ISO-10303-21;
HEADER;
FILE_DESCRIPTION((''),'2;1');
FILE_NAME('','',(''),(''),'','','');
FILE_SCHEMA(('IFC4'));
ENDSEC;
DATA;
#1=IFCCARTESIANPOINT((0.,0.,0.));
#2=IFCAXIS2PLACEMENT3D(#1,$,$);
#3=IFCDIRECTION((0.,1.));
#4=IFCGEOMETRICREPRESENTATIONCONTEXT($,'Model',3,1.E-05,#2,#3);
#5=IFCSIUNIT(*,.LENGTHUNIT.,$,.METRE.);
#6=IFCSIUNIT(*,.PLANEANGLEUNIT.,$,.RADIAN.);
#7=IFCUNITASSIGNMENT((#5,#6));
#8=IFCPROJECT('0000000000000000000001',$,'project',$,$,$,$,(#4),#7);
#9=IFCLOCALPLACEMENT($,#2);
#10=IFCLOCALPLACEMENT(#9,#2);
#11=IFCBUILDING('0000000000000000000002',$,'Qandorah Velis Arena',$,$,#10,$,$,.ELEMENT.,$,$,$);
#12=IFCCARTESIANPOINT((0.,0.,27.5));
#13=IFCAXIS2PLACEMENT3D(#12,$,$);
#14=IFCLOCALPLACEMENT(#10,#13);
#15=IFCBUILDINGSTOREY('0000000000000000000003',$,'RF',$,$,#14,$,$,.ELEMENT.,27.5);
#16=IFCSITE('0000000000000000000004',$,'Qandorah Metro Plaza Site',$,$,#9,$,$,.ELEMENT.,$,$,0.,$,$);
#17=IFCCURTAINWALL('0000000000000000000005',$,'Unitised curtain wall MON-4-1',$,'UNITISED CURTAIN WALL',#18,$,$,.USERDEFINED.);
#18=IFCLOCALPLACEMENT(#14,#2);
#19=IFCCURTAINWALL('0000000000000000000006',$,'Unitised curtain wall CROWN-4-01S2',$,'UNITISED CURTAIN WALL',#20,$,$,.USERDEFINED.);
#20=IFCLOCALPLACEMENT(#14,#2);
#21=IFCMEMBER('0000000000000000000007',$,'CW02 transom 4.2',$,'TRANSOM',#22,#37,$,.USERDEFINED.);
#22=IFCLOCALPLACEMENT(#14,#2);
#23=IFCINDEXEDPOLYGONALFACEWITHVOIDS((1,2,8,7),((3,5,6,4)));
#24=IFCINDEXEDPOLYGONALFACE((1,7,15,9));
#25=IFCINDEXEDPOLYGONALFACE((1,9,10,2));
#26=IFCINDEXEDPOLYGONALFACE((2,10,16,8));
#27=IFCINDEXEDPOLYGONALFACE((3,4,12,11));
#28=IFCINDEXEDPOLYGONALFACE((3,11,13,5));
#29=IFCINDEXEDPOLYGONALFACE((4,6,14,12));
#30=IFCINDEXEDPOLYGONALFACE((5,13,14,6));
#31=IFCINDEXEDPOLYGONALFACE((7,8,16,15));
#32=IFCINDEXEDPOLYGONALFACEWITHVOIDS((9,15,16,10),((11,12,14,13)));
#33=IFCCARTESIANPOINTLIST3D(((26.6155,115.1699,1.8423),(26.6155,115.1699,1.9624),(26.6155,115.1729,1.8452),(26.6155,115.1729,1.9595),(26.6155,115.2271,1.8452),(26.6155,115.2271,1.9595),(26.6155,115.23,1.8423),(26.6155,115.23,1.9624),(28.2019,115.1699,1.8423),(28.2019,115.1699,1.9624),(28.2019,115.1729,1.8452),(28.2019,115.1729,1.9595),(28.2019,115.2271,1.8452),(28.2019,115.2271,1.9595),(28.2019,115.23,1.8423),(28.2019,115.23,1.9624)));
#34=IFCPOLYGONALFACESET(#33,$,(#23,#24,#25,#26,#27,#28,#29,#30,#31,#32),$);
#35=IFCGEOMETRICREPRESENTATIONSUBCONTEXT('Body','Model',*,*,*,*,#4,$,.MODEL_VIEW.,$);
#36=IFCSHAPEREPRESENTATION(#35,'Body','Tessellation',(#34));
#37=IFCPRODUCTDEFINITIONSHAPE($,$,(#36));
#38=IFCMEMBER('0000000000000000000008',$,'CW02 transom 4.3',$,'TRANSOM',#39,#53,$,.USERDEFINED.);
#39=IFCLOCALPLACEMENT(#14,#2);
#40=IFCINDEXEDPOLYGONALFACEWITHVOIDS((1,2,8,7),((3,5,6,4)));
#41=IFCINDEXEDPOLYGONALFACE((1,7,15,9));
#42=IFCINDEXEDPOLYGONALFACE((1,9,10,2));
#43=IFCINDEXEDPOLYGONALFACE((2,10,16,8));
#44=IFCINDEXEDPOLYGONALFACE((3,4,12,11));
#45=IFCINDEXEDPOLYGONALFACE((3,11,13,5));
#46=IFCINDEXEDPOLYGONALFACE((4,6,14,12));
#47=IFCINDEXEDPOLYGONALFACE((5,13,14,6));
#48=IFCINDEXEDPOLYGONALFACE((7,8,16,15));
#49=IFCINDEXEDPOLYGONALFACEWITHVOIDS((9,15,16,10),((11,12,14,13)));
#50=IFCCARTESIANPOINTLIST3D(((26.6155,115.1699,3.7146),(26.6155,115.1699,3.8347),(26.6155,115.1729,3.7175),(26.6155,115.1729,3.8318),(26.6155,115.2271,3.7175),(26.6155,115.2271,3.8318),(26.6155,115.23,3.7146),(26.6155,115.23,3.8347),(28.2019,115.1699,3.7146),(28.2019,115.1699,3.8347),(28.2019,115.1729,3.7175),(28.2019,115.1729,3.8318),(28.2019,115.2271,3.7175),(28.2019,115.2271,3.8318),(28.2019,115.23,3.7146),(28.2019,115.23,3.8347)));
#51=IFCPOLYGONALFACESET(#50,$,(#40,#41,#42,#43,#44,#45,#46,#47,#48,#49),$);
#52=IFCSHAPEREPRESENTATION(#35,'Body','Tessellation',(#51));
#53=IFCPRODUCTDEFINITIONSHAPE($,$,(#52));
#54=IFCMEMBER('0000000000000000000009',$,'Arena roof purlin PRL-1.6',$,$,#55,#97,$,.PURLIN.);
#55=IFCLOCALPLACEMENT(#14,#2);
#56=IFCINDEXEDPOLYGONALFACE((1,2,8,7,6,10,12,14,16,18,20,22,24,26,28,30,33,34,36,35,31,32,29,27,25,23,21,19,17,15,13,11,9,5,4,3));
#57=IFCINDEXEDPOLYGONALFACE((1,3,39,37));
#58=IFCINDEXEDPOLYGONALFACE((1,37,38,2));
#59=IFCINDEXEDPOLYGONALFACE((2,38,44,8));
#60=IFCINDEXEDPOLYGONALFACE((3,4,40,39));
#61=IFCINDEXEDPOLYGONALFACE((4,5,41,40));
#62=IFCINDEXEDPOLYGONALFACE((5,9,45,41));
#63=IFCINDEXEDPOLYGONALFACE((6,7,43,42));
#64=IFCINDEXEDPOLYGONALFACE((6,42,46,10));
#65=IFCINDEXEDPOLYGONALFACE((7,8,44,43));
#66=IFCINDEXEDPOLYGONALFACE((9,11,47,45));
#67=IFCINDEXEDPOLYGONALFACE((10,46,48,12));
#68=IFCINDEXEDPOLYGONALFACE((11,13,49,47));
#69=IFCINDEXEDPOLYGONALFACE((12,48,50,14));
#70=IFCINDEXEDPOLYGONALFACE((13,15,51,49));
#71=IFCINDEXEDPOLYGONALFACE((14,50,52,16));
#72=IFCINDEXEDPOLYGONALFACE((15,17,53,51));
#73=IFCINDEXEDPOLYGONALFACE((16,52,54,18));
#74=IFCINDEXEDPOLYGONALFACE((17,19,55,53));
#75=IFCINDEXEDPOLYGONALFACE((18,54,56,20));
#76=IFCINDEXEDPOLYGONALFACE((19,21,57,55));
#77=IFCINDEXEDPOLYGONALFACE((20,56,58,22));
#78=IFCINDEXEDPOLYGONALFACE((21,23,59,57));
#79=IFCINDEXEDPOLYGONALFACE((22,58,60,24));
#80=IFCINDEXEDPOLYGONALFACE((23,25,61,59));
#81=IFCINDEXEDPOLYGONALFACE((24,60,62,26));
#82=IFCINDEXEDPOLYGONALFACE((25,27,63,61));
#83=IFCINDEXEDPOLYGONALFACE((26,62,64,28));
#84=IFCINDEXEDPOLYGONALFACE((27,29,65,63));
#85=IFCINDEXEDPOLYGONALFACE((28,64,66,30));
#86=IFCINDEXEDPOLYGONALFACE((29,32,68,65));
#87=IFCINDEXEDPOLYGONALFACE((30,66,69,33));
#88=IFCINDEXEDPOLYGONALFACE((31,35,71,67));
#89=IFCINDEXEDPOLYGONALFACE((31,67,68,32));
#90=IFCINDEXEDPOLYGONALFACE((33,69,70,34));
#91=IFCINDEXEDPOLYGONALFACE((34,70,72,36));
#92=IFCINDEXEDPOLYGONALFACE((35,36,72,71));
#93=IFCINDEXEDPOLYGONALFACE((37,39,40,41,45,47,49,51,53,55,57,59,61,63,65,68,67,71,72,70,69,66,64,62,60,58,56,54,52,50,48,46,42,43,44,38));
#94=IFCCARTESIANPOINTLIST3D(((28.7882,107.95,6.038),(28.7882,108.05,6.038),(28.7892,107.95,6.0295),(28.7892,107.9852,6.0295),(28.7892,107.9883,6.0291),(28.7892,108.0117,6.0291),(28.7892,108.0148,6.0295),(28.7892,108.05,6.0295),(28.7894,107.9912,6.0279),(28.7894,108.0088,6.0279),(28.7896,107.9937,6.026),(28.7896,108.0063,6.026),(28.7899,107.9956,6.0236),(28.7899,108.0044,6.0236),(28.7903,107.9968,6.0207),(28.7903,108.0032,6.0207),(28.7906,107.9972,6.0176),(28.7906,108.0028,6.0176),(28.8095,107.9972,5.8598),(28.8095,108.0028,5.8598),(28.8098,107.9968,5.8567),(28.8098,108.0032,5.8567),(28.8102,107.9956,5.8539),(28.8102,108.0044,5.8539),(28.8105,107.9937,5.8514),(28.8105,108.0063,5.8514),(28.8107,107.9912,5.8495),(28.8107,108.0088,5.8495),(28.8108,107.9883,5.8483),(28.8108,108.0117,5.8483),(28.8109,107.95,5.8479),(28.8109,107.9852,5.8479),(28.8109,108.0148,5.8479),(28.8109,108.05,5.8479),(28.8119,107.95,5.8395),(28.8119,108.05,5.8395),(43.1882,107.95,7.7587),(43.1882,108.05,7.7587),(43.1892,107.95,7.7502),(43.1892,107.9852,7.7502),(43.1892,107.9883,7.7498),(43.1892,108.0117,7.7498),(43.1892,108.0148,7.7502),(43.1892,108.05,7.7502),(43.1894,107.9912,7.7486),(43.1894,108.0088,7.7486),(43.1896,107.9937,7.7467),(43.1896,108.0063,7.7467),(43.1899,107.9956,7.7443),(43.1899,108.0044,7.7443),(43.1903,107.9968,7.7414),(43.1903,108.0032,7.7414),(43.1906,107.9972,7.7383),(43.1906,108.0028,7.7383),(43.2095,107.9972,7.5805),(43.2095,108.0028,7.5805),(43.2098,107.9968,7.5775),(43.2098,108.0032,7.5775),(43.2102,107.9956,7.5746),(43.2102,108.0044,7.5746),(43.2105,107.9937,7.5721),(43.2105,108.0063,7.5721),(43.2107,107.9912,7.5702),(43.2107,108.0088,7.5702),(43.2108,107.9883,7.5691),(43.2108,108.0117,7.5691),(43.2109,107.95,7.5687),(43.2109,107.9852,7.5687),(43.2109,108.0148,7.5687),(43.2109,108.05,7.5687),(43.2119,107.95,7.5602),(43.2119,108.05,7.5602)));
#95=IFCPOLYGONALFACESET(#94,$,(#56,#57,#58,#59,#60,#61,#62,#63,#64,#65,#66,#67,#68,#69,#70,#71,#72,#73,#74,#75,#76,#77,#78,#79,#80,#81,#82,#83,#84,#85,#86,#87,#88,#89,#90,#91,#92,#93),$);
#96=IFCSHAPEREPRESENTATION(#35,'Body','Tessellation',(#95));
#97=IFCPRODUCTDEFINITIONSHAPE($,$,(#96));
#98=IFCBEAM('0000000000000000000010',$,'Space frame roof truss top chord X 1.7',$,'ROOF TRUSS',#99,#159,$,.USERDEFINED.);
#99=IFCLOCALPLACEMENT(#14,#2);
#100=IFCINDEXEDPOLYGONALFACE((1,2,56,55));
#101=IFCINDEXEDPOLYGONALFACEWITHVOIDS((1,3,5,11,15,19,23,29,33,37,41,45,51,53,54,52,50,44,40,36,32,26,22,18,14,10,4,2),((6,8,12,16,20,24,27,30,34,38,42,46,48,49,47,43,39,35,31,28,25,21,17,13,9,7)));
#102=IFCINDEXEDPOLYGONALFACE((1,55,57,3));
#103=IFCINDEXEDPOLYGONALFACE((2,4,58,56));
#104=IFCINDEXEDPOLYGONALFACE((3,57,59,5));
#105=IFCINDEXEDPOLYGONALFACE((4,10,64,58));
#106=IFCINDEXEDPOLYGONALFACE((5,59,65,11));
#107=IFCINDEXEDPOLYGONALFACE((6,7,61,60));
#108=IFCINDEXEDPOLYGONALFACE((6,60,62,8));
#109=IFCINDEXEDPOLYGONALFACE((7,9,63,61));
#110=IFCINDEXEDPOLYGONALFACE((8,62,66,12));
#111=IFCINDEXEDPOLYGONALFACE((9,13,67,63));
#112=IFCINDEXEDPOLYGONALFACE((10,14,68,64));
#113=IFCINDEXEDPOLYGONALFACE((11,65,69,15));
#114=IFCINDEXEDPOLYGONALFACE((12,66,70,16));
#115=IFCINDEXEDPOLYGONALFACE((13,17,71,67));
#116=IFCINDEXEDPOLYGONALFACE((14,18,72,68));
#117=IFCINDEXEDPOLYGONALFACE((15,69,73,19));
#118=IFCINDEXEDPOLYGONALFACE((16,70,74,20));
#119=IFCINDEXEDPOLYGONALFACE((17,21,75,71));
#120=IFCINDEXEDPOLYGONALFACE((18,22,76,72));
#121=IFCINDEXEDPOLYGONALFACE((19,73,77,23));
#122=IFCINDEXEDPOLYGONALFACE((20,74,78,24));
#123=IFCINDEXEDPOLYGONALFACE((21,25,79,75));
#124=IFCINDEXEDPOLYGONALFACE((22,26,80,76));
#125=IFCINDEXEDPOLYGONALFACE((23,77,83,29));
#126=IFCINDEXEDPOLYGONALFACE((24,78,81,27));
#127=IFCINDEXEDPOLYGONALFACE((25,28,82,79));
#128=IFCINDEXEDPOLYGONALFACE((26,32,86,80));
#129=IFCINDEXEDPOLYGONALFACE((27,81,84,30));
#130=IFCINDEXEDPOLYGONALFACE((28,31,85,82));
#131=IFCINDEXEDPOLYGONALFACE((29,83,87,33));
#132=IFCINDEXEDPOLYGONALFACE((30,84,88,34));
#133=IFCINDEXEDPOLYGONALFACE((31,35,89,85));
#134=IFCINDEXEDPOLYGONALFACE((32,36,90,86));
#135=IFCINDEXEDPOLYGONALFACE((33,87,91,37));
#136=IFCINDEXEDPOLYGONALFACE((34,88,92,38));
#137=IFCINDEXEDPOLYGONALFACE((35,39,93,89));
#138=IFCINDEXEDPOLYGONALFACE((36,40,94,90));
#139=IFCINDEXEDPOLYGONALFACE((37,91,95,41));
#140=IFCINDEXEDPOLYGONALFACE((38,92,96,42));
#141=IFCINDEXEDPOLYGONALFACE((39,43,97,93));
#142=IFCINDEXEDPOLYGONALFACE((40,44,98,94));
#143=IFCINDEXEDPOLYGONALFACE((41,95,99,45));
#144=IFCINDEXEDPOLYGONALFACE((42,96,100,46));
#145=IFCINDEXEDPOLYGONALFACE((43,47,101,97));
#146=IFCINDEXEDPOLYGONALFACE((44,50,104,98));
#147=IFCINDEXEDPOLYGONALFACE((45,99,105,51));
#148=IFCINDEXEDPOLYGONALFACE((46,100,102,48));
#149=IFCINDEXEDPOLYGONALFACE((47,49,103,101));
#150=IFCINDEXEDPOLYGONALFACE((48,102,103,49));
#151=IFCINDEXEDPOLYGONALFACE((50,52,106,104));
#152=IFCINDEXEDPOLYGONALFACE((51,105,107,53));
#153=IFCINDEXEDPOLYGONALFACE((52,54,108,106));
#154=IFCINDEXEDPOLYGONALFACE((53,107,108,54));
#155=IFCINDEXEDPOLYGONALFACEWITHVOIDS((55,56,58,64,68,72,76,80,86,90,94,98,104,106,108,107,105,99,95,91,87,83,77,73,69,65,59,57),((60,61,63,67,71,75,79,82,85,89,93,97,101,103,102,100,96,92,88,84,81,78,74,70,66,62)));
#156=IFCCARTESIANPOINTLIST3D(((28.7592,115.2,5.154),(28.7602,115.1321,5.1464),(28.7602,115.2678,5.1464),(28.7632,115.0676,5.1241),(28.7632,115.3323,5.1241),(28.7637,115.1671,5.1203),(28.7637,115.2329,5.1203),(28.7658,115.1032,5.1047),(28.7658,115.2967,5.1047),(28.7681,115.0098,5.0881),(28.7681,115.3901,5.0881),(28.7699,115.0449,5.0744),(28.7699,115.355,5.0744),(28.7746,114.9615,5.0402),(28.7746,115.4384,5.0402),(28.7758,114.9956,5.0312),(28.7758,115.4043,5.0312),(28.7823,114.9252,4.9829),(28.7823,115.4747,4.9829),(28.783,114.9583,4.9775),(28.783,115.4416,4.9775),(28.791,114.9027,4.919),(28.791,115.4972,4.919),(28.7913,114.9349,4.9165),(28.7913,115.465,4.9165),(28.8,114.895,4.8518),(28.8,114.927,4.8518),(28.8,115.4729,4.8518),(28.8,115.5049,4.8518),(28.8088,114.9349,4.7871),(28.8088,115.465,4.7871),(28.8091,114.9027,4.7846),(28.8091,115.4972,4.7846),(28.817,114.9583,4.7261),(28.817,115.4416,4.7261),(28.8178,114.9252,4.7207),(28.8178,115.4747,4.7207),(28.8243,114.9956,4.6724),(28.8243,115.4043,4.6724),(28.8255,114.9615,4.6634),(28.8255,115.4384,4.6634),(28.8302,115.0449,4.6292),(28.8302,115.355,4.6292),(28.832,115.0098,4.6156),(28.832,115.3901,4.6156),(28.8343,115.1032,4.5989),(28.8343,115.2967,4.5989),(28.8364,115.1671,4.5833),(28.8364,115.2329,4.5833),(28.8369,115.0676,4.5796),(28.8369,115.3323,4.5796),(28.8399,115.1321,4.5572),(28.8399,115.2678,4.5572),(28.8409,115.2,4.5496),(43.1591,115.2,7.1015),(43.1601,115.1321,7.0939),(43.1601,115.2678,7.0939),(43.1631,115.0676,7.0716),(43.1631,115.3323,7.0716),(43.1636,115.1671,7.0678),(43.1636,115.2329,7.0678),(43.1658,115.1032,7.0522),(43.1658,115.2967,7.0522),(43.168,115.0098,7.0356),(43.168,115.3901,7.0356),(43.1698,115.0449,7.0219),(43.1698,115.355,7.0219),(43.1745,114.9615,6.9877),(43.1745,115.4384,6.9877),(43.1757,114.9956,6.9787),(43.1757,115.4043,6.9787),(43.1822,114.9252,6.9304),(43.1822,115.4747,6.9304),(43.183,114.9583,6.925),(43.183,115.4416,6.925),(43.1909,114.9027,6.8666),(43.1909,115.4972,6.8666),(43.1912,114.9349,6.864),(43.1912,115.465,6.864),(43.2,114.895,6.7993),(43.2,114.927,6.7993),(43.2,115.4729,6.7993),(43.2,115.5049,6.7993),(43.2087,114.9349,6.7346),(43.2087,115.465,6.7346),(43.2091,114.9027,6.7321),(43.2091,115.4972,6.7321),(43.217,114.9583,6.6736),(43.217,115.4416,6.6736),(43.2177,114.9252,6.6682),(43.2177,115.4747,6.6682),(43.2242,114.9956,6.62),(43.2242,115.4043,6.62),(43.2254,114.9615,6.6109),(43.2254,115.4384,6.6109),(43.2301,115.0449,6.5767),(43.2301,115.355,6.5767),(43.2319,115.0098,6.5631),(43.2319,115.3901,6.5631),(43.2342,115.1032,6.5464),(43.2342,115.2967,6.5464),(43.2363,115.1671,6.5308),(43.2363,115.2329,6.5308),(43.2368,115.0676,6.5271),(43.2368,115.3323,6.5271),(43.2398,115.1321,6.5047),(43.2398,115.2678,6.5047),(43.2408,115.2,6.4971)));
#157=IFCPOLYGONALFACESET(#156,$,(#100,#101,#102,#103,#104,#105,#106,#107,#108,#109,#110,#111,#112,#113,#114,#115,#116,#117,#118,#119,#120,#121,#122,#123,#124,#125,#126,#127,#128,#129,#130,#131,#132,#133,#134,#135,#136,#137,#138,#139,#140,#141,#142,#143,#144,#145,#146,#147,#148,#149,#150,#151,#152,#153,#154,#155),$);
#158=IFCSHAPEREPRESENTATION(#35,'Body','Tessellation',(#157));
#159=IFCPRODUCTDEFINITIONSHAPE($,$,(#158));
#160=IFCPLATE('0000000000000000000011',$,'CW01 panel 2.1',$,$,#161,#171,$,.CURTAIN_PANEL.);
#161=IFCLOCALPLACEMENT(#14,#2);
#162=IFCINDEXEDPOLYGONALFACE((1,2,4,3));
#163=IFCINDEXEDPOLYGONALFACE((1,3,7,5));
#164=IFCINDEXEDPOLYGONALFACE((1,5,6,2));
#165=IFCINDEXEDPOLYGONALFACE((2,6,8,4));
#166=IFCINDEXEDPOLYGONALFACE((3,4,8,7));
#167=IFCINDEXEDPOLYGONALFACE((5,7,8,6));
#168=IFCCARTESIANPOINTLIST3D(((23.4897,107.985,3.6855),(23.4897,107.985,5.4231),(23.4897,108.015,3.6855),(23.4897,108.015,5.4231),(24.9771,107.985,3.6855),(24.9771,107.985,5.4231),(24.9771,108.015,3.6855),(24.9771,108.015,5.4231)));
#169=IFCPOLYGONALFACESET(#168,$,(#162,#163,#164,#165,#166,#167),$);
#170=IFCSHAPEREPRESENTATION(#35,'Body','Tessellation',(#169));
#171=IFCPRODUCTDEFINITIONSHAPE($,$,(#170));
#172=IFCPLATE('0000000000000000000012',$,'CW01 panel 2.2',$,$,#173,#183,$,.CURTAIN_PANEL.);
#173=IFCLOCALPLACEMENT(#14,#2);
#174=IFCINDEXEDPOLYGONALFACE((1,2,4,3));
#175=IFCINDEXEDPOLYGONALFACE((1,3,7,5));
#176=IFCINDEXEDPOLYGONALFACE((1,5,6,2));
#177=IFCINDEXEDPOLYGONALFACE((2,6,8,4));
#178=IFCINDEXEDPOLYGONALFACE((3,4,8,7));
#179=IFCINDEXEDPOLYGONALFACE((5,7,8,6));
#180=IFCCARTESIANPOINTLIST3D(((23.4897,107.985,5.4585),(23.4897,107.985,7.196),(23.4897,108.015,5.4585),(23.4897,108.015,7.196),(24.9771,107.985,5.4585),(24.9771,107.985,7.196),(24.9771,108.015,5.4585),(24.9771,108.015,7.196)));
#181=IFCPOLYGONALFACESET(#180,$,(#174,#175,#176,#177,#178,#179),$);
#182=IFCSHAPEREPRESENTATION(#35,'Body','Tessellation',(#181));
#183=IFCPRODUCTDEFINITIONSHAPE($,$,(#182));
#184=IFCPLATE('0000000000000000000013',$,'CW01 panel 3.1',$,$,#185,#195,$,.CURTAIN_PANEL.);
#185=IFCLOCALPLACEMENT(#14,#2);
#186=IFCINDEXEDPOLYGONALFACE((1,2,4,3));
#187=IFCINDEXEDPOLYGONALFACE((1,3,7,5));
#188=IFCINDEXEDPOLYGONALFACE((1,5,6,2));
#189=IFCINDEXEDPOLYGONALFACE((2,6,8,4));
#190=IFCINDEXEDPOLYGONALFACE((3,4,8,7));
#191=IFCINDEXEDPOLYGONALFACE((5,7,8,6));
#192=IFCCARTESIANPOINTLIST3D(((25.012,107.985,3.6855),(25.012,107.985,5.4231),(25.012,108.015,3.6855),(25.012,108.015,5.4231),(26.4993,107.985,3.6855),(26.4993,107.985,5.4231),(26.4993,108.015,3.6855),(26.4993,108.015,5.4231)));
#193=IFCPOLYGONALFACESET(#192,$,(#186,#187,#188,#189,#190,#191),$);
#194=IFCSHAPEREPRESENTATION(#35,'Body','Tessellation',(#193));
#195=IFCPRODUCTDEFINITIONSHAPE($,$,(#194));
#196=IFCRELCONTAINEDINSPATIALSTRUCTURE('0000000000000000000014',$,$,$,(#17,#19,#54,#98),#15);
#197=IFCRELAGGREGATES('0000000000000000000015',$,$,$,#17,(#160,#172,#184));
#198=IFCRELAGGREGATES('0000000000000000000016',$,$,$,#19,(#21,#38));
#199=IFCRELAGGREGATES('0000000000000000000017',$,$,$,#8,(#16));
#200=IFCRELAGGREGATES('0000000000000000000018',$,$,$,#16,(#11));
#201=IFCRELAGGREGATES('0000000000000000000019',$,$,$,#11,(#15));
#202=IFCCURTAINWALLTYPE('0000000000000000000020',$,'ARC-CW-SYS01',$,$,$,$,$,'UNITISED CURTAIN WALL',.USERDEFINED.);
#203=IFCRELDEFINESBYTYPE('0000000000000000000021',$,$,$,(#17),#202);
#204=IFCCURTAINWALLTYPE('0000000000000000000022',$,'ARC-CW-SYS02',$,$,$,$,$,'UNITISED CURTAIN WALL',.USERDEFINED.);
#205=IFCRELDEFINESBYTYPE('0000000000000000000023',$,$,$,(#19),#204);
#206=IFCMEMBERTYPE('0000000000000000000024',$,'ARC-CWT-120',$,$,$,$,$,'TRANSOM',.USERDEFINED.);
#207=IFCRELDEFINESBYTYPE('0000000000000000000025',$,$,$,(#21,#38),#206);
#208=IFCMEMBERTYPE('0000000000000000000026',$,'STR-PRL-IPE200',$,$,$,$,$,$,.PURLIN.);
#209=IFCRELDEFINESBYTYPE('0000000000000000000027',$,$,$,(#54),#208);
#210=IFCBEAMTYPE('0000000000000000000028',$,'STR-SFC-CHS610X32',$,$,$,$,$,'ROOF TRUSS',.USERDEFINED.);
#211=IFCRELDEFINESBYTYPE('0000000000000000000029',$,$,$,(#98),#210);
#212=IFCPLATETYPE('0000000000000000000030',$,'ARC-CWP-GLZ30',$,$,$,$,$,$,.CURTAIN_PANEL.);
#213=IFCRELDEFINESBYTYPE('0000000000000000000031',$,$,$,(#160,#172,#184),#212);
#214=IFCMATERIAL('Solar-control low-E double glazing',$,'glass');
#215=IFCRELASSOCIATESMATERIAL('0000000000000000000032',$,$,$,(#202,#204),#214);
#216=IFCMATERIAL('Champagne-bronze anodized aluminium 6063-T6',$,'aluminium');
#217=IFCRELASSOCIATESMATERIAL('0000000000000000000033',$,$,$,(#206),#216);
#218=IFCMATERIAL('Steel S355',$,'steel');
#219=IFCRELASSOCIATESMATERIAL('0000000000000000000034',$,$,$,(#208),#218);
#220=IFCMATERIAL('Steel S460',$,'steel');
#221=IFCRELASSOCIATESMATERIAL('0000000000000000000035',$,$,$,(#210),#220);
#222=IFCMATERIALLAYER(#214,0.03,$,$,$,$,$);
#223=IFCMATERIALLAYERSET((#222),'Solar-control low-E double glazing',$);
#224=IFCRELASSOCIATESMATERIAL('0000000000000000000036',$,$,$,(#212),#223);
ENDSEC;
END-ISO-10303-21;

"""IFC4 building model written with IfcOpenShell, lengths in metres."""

from ifc_helpers import new_model, si_unit, direction, frame, origin, origin_2d, place, context, subcontext, project, spatial, rectangle, hollow_rectangle, hollow_circle, i_section, extrude, material, layer, layer_set, material_profile, profile_set, type_object, element, aggregate, save


model = new_model("IFC4")

# Units and contexts
model_context = context("Model", 3, precision=1e-05, world=origin(), true_north=direction((0.0, 1.0)))
body_context = subcontext(model_context, "Body", "Model", "MODEL_VIEW")
ifc_project = project(units=[si_unit("LENGTHUNIT", "METRE"), si_unit("PLANEANGLEUNIT", "RADIAN")], contexts=[model_context])

# Site, building, storey
site_placement = place(None, origin())
site = spatial("IfcSite", under=ifc_project, at=site_placement, Name="Qandorah Metro Plaza Site", CompositionType="ELEMENT", RefElevation=0.0)
building_placement = place(site_placement, origin())
building = spatial("IfcBuilding", under=site, at=building_placement, Name="Qandorah Velis Arena", CompositionType="ELEMENT")
storey_placement = place(building_placement, frame((0.0, 0.0, 27.5)))
storey = spatial("IfcBuildingStorey", under=building, at=storey_placement, Name="RF", CompositionType="ELEMENT", Elevation=27.5)

# Curtain walls
ifc_material_1 = material(Name="Solar-control low-E double glazing", Category="glass")
curtain_wall_type_1 = type_object("IfcCurtainWallType", Name="ARC-CW-SYS01", ElementType="UNITISED CURTAIN WALL", PredefinedType="USERDEFINED", material=ifc_material_1)
curtain_wall_1_placement = place(storey_placement, origin())
curtain_wall_1 = element("IfcCurtainWall", 1, at=curtain_wall_1_placement, inside=storey, type_object=curtain_wall_type_1, Name="Unitised curtain wall MON-4-1", ObjectType="UNITISED CURTAIN WALL", PredefinedType="USERDEFINED")
ifc_material_2 = material(Name="Champagne-bronze anodized aluminium 6063-T6", Category="aluminium")
curtain_wall_type_2 = type_object("IfcCurtainWallType", Name="ARC-CW-SYS02", ElementType="UNITISED CURTAIN WALL", PredefinedType="USERDEFINED", material=ifc_material_1)
curtain_wall_2_placement = place(storey_placement, origin())
curtain_wall_2 = element("IfcCurtainWall", 2, at=curtain_wall_2_placement, inside=storey, type_object=curtain_wall_type_2, Name="Unitised curtain wall CROWN-4-01S2", ObjectType="UNITISED CURTAIN WALL", PredefinedType="USERDEFINED")

# Members
ifc_material_profile_1 = material_profile(ifc_material_2, hollow_rectangle(XDim=0.0601, YDim=0.1201, WallThickness=0.0029, at=origin_2d()), Name="ALU TRANSOM 60x120")
ifc_profile_set_1 = profile_set([ifc_material_profile_1], Name="Champagne-bronze anodized aluminium 6063-T6")
member_type_1 = type_object("IfcMemberType", Name="ARC-CWT-120", ElementType="TRANSOM", PredefinedType="USERDEFINED", material=ifc_profile_set_1)
member_1_placement = place(storey_placement, frame((26.6155, 115.2, 1.9023), z_axis=(1.0, 0.0, 0.0), x_axis=(0.0, 1.0, 0.0)))
member_1 = element("IfcMember", 3, at=member_1_placement, type_object=member_type_1, Name="CW02 transom 4.2", ObjectType="TRANSOM", PredefinedType="USERDEFINED", context=body_context, shape_type="SweptSolid", body=[
    extrude(hollow_rectangle(XDim=0.0601, YDim=0.1201, WallThickness=0.0029, at=origin_2d()), origin(), (0.0, 0.0, 1.0), 1.5864),
])
member_2_placement = place(storey_placement, frame((26.6155, 115.2, 3.7747), z_axis=(1.0, 0.0, 0.0), x_axis=(0.0, 1.0, 0.0)))
member_2 = element("IfcMember", 4, at=member_2_placement, type_object=member_type_1, Name="CW02 transom 4.3", ObjectType="TRANSOM", PredefinedType="USERDEFINED", context=body_context, shape_type="SweptSolid", body=[
    extrude(hollow_rectangle(XDim=0.0601, YDim=0.1201, WallThickness=0.0029, at=origin_2d()), origin(), (0.0, 0.0, 1.0), 1.5864),
])
ifc_material_3 = material(Name="Steel S355", Category="steel")
ifc_material_profile_2 = material_profile(ifc_material_3, i_section(OverallWidth=0.1001, OverallDepth=0.2, WebThickness=0.0056, FlangeThickness=0.0085, FilletRadius=0.012, at=origin_2d()), Name="IPE 200")
ifc_profile_set_2 = profile_set([ifc_material_profile_2], Name="Steel S355")
member_type_2 = type_object("IfcMemberType", Name="STR-PRL-IPE200", PredefinedType="PURLIN", material=ifc_profile_set_2)
member_3_placement = place(storey_placement, frame((28.8, 108.0, 5.9387), z_axis=(0.992936, 0.0, 0.11865), x_axis=(0.0, 1.0, 0.0)))
element("IfcMember", 5, at=member_3_placement, inside=storey, type_object=member_type_2, Name="Arena roof purlin PRL-1.6", PredefinedType="PURLIN", context=body_context, shape_type="SweptSolid", body=[
    extrude(i_section(OverallWidth=0.1001, OverallDepth=0.2, WebThickness=0.0056, FlangeThickness=0.0085, FilletRadius=0.012, at=origin_2d()), origin(), (0.0, 0.0, 1.0), 14.5024),
])

# Beam
ifc_material_4 = material(Name="Steel S460", Category="steel")
ifc_material_profile_3 = material_profile(ifc_material_4, hollow_circle(Radius=0.3049, WallThickness=0.032, at=origin_2d()), Name="CHS 610x32")
ifc_profile_set_3 = profile_set([ifc_material_profile_3], Name="Steel S460")
beam_type = type_object("IfcBeamType", Name="STR-SFC-CHS610X32", ElementType="ROOF TRUSS", PredefinedType="USERDEFINED", material=ifc_profile_set_3)
beam_placement = place(storey_placement, frame((28.8, 115.2, 4.8518), z_axis=(0.990978, 0.0, 0.134024), x_axis=(0.0, 1.0, 0.0)))
element("IfcBeam", 6, at=beam_placement, inside=storey, type_object=beam_type, Name="Space frame roof truss top chord X 1.7", ObjectType="ROOF TRUSS", PredefinedType="USERDEFINED", context=body_context, shape_type="SweptSolid", body=[
    extrude(hollow_circle(Radius=0.3049, WallThickness=0.032, at=origin_2d()), origin(), (0.0, 0.0, 1.0), 14.531),
])

# Plates
ifc_layer_1 = layer(ifc_material_1, 0.03)
ifc_layer_set_1 = layer_set([ifc_layer_1], Name="Solar-control low-E double glazing")
plate_type_1 = type_object("IfcPlateType", Name="ARC-CWP-GLZ30", PredefinedType="CURTAIN_PANEL", material=ifc_layer_set_1)
plate_1_placement = place(storey_placement, frame((24.2334, 108.0, 3.6855), z_axis=(0.0, 0.0, 1.0), x_axis=(1.0, 0.0, 0.0)))
plate_1 = element("IfcPlate", 7, at=plate_1_placement, type_object=plate_type_1, Name="CW01 panel 2.1", PredefinedType="CURTAIN_PANEL", context=body_context, shape_type="SweptSolid", body=[
    extrude(rectangle(XDim=1.4873, YDim=0.03, at=origin_2d()), origin(), (0.0, 0.0, 1.0), 1.7375),
])
plate_2_placement = place(storey_placement, frame((24.2334, 108.0, 5.4585), z_axis=(0.0, 0.0, 1.0), x_axis=(1.0, 0.0, 0.0)))
plate_2 = element("IfcPlate", 8, at=plate_2_placement, type_object=plate_type_1, Name="CW01 panel 2.2", PredefinedType="CURTAIN_PANEL", context=body_context, shape_type="SweptSolid", body=[
    extrude(rectangle(XDim=1.4873, YDim=0.03, at=origin_2d()), origin(), (0.0, 0.0, 1.0), 1.7375),
])
plate_3_placement = place(storey_placement, frame((25.7556, 108.0, 3.6855), z_axis=(0.0, 0.0, 1.0), x_axis=(1.0, 0.0, 0.0)))
plate_3 = element("IfcPlate", 9, at=plate_3_placement, type_object=plate_type_1, Name="CW01 panel 3.1", PredefinedType="CURTAIN_PANEL", context=body_context, shape_type="SweptSolid", body=[
    extrude(rectangle(XDim=1.4873, YDim=0.03, at=origin_2d()), origin(), (0.0, 0.0, 1.0), 1.7375),
])
aggregate(curtain_wall_1, [plate_1, plate_2, plate_3])
aggregate(curtain_wall_2, [member_1, member_2])

save(model, "model.ifc")
